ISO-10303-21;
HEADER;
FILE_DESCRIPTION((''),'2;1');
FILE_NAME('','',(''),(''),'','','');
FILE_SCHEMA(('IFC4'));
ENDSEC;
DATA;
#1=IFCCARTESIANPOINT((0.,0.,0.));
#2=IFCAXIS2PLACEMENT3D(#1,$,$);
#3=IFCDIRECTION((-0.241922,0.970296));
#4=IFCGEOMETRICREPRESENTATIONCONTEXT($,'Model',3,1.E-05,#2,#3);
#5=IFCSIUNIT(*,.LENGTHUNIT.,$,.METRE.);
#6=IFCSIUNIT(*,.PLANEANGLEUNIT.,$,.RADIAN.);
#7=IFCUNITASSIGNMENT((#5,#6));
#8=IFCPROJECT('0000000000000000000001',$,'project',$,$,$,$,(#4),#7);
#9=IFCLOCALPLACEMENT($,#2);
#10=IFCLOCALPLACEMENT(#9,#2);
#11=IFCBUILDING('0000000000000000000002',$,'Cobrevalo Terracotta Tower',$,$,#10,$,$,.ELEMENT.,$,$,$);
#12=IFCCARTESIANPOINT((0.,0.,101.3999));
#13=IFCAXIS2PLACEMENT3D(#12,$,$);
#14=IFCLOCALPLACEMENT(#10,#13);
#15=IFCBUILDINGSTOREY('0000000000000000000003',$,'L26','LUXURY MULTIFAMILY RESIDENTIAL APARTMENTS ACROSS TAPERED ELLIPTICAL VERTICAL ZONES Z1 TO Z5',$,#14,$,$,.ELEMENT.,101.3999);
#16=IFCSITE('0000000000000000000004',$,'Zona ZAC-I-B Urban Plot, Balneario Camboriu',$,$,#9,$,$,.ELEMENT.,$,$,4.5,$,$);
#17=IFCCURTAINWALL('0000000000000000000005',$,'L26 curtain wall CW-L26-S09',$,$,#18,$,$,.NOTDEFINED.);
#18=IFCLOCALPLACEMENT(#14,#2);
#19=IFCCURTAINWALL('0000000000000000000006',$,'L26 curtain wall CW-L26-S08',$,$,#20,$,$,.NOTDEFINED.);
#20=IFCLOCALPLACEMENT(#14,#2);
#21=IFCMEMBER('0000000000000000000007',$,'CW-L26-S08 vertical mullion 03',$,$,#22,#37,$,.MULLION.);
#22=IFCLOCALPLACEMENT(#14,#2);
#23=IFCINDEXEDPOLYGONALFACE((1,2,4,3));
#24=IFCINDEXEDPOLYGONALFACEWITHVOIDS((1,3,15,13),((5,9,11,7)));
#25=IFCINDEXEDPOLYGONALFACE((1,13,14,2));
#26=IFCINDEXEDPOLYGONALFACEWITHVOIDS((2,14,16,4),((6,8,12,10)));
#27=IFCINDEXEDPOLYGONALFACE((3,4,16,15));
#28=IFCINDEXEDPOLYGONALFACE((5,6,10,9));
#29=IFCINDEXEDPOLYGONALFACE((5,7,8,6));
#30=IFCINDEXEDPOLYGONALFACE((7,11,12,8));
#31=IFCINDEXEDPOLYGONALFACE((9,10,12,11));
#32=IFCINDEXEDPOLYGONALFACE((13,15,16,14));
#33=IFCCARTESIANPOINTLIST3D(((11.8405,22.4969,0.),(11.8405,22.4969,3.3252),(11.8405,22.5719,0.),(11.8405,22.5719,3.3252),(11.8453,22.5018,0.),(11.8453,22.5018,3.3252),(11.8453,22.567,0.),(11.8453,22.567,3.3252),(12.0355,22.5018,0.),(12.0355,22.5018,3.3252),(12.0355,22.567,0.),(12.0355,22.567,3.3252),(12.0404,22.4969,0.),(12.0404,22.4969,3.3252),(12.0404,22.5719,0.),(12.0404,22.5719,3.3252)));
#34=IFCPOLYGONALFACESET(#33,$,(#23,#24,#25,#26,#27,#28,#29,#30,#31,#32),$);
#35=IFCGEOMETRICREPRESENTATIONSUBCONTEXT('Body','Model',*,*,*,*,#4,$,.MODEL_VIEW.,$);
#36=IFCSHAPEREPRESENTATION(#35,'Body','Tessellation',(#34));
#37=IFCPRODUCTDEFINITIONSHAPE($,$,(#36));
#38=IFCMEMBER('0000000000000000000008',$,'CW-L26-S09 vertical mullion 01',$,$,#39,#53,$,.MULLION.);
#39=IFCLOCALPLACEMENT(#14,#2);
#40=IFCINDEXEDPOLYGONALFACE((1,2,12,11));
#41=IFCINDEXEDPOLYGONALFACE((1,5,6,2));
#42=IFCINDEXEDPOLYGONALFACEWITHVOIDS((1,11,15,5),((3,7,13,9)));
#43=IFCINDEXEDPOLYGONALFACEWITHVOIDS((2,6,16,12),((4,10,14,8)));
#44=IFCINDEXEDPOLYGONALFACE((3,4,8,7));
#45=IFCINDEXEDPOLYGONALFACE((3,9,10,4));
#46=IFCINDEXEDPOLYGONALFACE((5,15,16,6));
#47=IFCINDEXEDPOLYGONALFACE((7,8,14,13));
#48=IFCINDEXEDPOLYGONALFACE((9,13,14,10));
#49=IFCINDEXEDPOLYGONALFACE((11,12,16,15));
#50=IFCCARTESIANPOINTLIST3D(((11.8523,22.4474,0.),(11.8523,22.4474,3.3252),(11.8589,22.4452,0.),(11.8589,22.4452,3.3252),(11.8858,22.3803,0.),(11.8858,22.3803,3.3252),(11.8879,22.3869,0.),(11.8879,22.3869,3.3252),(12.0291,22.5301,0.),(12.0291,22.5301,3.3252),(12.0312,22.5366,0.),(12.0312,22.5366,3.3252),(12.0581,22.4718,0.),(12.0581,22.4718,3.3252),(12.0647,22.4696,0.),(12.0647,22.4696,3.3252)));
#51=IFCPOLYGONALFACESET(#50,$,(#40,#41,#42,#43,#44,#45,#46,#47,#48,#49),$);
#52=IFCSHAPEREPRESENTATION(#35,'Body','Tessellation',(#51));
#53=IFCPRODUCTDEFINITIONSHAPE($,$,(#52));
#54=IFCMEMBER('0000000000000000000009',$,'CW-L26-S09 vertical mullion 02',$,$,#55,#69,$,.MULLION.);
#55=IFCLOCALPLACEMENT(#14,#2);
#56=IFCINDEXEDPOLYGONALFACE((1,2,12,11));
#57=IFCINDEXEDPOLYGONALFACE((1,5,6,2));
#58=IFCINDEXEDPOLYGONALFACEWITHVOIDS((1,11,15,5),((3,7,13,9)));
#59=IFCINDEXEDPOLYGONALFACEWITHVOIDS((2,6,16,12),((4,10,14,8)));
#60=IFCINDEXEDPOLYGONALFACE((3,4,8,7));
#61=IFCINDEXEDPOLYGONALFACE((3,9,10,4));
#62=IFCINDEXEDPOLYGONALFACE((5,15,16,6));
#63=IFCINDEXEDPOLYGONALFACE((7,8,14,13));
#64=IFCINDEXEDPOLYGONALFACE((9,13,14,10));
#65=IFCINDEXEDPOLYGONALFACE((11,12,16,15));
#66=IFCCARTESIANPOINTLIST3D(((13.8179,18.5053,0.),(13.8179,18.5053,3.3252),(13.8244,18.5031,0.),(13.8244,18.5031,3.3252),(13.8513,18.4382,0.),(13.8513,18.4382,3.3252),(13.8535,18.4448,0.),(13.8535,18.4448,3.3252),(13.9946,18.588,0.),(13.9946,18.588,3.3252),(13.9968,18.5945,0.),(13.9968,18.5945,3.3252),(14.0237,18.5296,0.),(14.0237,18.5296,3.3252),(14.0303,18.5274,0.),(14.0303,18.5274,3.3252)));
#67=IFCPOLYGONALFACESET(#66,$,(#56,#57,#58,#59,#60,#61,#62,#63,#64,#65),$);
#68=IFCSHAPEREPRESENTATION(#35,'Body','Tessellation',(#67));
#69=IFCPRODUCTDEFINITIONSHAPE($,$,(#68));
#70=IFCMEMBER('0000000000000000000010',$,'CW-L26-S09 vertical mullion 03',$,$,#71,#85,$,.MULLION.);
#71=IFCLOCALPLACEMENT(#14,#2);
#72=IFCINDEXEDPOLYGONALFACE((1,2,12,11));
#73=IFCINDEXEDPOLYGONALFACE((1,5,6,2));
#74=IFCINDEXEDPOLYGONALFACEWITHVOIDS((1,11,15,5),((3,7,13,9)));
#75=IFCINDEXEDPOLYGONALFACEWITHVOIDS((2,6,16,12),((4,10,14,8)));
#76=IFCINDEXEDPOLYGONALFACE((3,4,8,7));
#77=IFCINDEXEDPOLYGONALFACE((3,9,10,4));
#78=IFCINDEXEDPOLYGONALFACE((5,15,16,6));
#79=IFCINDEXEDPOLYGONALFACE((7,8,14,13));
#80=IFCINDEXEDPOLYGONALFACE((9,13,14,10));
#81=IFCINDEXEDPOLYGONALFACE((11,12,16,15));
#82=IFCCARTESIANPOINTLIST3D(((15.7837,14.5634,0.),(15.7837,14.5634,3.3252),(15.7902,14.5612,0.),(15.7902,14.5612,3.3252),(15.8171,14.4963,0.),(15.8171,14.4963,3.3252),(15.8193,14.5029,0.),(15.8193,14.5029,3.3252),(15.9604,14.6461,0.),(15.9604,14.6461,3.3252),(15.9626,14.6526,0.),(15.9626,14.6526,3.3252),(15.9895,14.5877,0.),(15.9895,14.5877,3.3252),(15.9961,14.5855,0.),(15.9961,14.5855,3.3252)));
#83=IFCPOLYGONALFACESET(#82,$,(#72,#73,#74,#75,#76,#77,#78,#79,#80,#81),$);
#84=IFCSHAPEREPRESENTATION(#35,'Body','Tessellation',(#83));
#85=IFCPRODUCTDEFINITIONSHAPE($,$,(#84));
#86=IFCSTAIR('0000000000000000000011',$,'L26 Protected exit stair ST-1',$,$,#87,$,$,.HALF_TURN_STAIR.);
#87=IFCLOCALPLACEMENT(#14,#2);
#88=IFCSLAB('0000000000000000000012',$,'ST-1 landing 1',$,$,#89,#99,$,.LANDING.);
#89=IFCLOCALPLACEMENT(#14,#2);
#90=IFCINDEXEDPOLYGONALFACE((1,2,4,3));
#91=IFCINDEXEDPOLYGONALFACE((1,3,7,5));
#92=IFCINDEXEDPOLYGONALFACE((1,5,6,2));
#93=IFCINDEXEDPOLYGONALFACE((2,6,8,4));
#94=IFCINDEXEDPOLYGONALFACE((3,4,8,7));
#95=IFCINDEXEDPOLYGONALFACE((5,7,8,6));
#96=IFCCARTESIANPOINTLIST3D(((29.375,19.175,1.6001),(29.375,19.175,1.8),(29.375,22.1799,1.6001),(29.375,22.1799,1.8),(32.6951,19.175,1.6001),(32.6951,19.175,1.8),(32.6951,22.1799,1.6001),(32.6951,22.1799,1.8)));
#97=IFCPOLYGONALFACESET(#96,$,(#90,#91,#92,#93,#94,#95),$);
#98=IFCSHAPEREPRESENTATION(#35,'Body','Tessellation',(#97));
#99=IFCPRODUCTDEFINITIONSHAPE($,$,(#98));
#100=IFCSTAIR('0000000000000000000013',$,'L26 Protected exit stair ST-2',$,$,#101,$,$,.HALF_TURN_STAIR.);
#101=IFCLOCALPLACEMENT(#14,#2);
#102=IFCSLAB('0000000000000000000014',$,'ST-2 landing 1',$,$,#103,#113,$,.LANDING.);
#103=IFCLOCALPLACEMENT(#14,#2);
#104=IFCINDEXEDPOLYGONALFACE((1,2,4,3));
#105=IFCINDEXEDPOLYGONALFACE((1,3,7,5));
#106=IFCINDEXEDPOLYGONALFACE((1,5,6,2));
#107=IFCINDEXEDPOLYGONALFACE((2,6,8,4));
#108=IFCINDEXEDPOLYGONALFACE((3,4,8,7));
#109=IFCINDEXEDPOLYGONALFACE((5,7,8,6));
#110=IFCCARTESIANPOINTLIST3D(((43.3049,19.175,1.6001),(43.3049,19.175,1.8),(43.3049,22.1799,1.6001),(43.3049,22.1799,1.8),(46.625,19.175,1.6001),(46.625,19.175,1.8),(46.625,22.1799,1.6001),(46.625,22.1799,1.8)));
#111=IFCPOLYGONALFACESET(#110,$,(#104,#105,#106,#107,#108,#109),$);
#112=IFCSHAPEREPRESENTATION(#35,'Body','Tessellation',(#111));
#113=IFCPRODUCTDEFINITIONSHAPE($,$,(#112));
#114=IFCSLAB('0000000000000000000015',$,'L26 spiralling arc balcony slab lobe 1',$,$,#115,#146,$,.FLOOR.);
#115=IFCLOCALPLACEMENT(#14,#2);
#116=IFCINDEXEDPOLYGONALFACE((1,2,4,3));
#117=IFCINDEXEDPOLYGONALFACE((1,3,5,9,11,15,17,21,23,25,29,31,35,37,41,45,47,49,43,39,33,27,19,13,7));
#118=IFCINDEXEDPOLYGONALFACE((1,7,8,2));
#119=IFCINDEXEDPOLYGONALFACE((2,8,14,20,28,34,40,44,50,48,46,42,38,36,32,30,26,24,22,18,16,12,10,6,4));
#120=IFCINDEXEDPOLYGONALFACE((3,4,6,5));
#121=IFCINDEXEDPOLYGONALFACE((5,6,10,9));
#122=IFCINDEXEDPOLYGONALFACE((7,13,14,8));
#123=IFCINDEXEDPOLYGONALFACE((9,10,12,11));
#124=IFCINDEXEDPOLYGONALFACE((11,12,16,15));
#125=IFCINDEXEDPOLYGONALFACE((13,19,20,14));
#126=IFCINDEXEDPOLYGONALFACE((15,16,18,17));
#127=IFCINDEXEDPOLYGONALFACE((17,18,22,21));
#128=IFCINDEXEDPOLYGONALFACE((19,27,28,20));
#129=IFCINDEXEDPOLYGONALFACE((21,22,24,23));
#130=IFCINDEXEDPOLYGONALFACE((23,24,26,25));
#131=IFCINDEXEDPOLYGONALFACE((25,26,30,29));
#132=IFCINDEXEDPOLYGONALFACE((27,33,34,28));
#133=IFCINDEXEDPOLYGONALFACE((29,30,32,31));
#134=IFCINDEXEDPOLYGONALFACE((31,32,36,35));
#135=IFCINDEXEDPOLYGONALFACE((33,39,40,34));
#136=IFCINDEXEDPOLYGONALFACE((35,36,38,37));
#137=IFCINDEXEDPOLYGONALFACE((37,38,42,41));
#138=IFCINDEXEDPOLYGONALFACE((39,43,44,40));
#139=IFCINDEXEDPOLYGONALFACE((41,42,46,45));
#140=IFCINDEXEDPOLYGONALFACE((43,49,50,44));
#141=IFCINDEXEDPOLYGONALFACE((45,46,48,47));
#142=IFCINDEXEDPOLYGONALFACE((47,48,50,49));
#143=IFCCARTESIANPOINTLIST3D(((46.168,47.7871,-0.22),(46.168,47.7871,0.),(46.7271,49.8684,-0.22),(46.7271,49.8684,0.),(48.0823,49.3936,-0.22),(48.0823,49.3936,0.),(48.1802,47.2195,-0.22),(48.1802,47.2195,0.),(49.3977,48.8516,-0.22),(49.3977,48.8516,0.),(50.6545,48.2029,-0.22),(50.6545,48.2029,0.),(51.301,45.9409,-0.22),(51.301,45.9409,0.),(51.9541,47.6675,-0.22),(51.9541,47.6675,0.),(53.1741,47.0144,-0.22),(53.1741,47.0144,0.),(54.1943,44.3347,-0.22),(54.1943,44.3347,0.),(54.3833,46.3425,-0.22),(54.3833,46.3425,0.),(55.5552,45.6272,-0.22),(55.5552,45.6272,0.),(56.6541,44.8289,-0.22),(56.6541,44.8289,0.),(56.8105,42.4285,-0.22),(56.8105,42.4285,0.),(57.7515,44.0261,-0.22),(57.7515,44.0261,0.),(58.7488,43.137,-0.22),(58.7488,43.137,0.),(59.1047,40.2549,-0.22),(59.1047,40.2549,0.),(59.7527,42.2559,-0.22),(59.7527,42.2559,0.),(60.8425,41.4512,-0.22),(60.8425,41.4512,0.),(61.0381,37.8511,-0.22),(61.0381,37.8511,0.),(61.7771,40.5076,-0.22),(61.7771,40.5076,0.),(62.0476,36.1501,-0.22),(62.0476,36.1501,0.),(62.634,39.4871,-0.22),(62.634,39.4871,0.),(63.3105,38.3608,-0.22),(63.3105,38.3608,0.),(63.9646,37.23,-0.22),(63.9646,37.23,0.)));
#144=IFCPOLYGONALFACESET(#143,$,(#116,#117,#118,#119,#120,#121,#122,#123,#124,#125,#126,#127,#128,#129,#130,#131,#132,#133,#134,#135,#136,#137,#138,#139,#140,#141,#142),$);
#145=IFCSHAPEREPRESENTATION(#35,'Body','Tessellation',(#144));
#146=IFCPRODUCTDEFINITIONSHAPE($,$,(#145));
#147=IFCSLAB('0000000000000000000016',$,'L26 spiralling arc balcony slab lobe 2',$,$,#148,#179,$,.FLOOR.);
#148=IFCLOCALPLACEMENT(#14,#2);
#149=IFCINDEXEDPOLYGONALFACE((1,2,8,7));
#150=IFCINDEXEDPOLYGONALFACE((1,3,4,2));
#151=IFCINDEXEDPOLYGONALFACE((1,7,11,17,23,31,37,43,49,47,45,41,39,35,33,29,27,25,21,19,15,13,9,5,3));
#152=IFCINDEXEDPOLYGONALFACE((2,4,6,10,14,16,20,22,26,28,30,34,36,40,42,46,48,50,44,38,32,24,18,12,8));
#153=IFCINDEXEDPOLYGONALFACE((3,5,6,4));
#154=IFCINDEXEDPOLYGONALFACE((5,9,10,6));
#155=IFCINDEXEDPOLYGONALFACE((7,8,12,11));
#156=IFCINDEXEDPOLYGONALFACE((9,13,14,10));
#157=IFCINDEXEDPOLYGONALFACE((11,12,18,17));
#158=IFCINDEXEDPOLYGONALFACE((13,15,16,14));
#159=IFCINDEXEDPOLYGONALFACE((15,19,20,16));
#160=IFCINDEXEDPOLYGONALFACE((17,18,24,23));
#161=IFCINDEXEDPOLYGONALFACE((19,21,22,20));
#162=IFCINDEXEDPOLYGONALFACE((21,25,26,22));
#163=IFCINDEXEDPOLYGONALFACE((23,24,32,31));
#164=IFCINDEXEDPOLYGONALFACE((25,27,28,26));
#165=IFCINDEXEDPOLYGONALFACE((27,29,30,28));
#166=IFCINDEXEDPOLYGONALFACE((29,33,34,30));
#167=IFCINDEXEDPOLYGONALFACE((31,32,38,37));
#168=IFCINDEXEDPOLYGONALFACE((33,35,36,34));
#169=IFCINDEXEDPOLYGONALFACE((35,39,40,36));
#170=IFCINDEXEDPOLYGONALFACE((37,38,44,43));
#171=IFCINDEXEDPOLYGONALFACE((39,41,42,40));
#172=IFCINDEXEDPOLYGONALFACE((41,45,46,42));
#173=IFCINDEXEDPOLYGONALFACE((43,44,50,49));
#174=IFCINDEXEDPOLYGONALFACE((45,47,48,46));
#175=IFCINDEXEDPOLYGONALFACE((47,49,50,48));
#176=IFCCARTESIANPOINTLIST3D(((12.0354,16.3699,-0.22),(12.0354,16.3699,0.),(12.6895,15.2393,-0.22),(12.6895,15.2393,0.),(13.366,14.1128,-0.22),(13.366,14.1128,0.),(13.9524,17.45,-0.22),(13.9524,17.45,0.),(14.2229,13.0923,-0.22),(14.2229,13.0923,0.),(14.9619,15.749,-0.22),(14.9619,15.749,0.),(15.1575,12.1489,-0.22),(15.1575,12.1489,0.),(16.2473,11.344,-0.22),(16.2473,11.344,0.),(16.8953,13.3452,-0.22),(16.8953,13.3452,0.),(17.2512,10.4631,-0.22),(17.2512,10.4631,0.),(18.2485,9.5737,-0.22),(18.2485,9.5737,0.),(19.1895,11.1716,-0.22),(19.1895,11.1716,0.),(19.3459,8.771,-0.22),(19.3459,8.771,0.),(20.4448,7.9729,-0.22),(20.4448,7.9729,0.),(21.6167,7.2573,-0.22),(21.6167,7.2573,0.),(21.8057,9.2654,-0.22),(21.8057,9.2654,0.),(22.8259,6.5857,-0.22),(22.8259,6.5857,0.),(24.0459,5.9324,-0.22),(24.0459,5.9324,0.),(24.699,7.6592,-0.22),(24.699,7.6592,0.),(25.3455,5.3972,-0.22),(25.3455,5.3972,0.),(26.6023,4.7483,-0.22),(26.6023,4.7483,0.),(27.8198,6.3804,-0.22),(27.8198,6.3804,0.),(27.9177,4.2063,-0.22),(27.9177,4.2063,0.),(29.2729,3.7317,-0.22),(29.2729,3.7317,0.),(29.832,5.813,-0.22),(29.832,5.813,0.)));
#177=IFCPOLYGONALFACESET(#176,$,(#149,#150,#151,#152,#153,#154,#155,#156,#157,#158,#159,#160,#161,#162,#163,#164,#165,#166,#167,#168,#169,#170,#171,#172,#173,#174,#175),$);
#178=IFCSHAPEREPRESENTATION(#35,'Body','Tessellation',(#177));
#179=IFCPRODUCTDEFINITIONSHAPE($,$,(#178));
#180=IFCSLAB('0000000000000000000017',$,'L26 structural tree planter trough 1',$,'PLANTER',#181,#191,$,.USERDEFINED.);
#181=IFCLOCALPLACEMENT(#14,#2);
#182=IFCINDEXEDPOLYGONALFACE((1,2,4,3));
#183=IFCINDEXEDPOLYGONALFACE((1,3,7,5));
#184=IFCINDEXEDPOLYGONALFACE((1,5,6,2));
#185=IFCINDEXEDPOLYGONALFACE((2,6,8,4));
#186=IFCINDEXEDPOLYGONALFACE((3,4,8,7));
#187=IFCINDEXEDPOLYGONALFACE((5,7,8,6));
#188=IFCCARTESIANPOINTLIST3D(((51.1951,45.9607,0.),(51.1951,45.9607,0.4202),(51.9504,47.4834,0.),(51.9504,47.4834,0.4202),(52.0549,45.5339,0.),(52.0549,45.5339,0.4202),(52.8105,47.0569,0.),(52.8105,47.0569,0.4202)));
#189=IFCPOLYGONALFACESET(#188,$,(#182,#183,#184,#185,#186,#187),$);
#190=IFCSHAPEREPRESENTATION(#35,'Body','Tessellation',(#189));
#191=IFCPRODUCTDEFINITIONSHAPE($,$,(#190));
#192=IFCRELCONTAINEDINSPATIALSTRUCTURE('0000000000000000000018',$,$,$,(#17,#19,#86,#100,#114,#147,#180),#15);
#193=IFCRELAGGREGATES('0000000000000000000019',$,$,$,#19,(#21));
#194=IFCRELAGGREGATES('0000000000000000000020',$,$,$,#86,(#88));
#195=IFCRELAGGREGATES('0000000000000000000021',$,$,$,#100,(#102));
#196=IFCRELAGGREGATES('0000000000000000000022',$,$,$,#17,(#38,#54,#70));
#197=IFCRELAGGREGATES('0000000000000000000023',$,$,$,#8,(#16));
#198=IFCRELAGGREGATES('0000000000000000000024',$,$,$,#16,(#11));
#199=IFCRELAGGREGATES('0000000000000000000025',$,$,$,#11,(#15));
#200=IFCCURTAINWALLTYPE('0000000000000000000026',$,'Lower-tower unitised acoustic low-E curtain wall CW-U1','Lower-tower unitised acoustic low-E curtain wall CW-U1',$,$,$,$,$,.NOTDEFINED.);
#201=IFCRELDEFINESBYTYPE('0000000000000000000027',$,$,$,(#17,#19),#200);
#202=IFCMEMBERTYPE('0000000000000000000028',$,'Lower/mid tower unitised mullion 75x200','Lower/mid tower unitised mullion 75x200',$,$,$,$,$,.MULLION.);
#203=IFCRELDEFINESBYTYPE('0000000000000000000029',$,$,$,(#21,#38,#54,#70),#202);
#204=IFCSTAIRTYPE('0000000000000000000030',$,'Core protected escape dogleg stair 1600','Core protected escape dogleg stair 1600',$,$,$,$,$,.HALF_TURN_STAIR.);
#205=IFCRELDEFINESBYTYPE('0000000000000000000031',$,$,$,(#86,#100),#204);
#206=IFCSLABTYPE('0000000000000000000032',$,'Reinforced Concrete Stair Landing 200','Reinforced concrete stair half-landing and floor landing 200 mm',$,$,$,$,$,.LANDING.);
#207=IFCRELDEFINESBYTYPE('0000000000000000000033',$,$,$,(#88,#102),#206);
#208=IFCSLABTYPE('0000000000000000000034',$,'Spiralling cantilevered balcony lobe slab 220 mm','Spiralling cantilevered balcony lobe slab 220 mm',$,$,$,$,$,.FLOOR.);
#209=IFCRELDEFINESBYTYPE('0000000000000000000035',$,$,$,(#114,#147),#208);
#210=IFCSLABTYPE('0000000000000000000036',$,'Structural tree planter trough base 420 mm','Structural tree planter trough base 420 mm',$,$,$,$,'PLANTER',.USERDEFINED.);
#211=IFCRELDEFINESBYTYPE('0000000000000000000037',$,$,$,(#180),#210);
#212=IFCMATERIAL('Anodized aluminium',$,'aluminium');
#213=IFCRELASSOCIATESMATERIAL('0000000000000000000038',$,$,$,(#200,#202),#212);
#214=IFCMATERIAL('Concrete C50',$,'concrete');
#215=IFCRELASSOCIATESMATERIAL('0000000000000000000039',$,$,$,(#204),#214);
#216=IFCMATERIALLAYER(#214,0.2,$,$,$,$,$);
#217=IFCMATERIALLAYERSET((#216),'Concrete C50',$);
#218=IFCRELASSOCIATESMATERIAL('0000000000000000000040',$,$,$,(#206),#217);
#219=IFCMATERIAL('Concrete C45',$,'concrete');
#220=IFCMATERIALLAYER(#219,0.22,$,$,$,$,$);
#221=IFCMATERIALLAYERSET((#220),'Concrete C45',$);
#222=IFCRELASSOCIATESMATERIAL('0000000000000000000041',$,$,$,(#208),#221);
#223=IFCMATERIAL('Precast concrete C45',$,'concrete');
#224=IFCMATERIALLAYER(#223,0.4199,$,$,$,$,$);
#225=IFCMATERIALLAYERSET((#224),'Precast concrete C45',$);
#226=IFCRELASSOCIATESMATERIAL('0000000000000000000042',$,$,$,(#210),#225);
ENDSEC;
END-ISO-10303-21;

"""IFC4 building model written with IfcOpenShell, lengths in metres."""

from ifc_helpers import new_model, si_unit, direction, frame, origin, origin_2d, place, context, subcontext, project, spatial, polyline, hollow_rectangle, outline, extrude, source, transform, mapped, material, layer, layer_set, material_profile, profile_set, type_object, element, aggregate, save


model = new_model("IFC4")

# Units and contexts
model_context = context("Model", 3, precision=1e-05, world=origin(), true_north=direction((-0.241922, 0.970296)))
body_context = subcontext(model_context, "Body", "Model", "MODEL_VIEW")
ifc_project = project(units=[si_unit("LENGTHUNIT", "METRE"), si_unit("PLANEANGLEUNIT", "RADIAN")], contexts=[model_context])

# Site, building, storey
site_placement = place(None, origin())
site = spatial("IfcSite", under=ifc_project, at=site_placement, Name="Zona ZAC-I-B Urban Plot, Balneario Camboriu", CompositionType="ELEMENT", RefElevation=4.5)
building_placement = place(site_placement, origin())
building = spatial("IfcBuilding", under=site, at=building_placement, Name="Cobrevalo Terracotta Tower", CompositionType="ELEMENT")
storey_placement = place(building_placement, frame((0.0, 0.0, 101.3999)))
storey = spatial("IfcBuildingStorey", under=building, at=storey_placement, Name="L26", Description="LUXURY MULTIFAMILY RESIDENTIAL APARTMENTS ACROSS TAPERED ELLIPTICAL VERTICAL ZONES Z1 TO Z5", CompositionType="ELEMENT", Elevation=101.3999)

# Curtain wall
ifc_material_1 = material(Name="Anodized aluminium", Category="aluminium")
curtain_wall_type = type_object("IfcCurtainWallType", Name="Lower-tower unitised acoustic low-E curtain wall CW-U1", Description="Lower-tower unitised acoustic low-E curtain wall CW-U1", PredefinedType="NOTDEFINED", material=ifc_material_1)
curtain_wall_1_placement = place(storey_placement, origin())
curtain_wall_1 = element("IfcCurtainWall", 1, at=curtain_wall_1_placement, inside=storey, type_object=curtain_wall_type, Name="L26 curtain wall CW-L26-S09", PredefinedType="NOTDEFINED")

# Curtain wall, member
curtain_wall_2_placement = place(storey_placement, origin())
curtain_wall_2 = element("IfcCurtainWall", 2, at=curtain_wall_2_placement, inside=storey, type_object=curtain_wall_type, Name="L26 curtain wall CW-L26-S08", PredefinedType="NOTDEFINED")
ifc_material_profile_1 = material_profile(ifc_material_1, hollow_rectangle(XDim=0.075, YDim=0.2, WallThickness=0.0049, at=origin_2d()), Name="CWM 75x200")
ifc_profile_set_1 = profile_set([ifc_material_profile_1], Name="Anodized aluminium")
member_type_1 = type_object("IfcMemberType", Name="Lower/mid tower unitised mullion 75x200", Description="Lower/mid tower unitised mullion 75x200", PredefinedType="MULLION", material=ifc_profile_set_1)
shared_shape_1 = source(origin(), body_context, "Body", "SweptSolid", [
    extrude(hollow_rectangle(XDim=0.075, YDim=0.2, WallThickness=0.0049, at=origin_2d()), origin(), (0.0, 0.0, 1.0), 3.3252),
])
member_1_placement = place(storey_placement, frame((11.9404, 22.5344, 0.0), z_axis=(0.0, 0.0, 1.0), x_axis=(0.0, -1.0, 0.0)))
member_1 = element("IfcMember", 3, at=member_1_placement, type_object=member_type_1, Name="CW-L26-S08 vertical mullion 03", PredefinedType="MULLION", context=body_context, shape_type="MappedRepresentation", body=[
    mapped(shared_shape_1, transform((0.0, 0.0, 0.0), scale=1.0)),
])
aggregate(curtain_wall_2, [member_1])

# Members
member_2_placement = place(storey_placement, frame((11.9585, 22.4585, 0.0), z_axis=(0.0, 0.0, 1.0), x_axis=(0.44626, -0.894903, 0.0)))
member_2 = element("IfcMember", 4, at=member_2_placement, type_object=member_type_1, Name="CW-L26-S09 vertical mullion 01", PredefinedType="MULLION", context=body_context, shape_type="MappedRepresentation", body=[
    mapped(shared_shape_1, transform((0.0, 0.0, 0.0), scale=1.0)),
])
member_3_placement = place(storey_placement, frame((13.9241, 18.5164, 0.0), z_axis=(0.0, 0.0, 1.0), x_axis=(0.44626, -0.894903, 0.0)))
member_3 = element("IfcMember", 5, at=member_3_placement, type_object=member_type_1, Name="CW-L26-S09 vertical mullion 02", PredefinedType="MULLION", context=body_context, shape_type="MappedRepresentation", body=[
    mapped(shared_shape_1, transform((0.0, 0.0, 0.0), scale=1.0)),
])
member_4_placement = place(storey_placement, frame((15.8899, 14.5745, 0.0), z_axis=(0.0, 0.0, 1.0), x_axis=(0.44626, -0.894903, 0.0)))
member_4 = element("IfcMember", 6, at=member_4_placement, type_object=member_type_1, Name="CW-L26-S09 vertical mullion 03", PredefinedType="MULLION", context=body_context, shape_type="MappedRepresentation", body=[
    mapped(shared_shape_1, transform((0.0, 0.0, 0.0), scale=1.0)),
])

# Stairs, slabs
ifc_material_2 = material(Name="Concrete C50", Category="concrete")
stair_type = type_object("IfcStairType", Name="Core protected escape dogleg stair 1600", Description="Core protected escape dogleg stair 1600", PredefinedType="HALF_TURN_STAIR", material=ifc_material_2)
stair_1_placement = place(storey_placement, origin())
stair_1 = element("IfcStair", 7, at=stair_1_placement, inside=storey, type_object=stair_type, Name="L26 Protected exit stair ST-1", PredefinedType="HALF_TURN_STAIR")
ifc_layer_1 = layer(ifc_material_2, 0.2)
ifc_layer_set_1 = layer_set([ifc_layer_1], Name="Concrete C50")
slab_type_1 = type_object("IfcSlabType", Name="Reinforced Concrete Stair Landing 200", Description="Reinforced concrete stair half-landing and floor landing 200 mm", PredefinedType="LANDING", material=ifc_layer_set_1)
slab_1_placement = place(storey_placement, frame((0.0, 0.0, 1.6001)))
slab_1 = element("IfcSlab", 8, at=slab_1_placement, type_object=slab_type_1, Name="ST-1 landing 1", PredefinedType="LANDING", context=body_context, shape_type="SweptSolid", body=[
    extrude(outline(polyline([(29.375, 22.1799), (29.375, 19.175), (32.6951, 19.175), (32.6951, 22.1799), (29.375, 22.1799)])), origin(), (0.0, 0.0, 1.0), 0.2),
])
aggregate(stair_1, [slab_1])
stair_2_placement = place(storey_placement, origin())
stair_2 = element("IfcStair", 9, at=stair_2_placement, inside=storey, type_object=stair_type, Name="L26 Protected exit stair ST-2", PredefinedType="HALF_TURN_STAIR")
slab_2_placement = place(storey_placement, frame((0.0, 0.0, 1.6001)))
slab_2 = element("IfcSlab", 10, at=slab_2_placement, type_object=slab_type_1, Name="ST-2 landing 1", PredefinedType="LANDING", context=body_context, shape_type="SweptSolid", body=[
    extrude(outline(polyline([(43.3049, 22.1799), (43.3049, 19.175), (46.625, 19.175), (46.625, 22.1799), (43.3049, 22.1799)])), origin(), (0.0, 0.0, 1.0), 0.2),
])
aggregate(stair_2, [slab_2])

# Slabs
ifc_material_3 = material(Name="Concrete C45", Category="concrete")
ifc_layer_2 = layer(ifc_material_3, 0.22)
ifc_layer_set_2 = layer_set([ifc_layer_2], Name="Concrete C45")
slab_type_2 = type_object("IfcSlabType", Name="Spiralling cantilevered balcony lobe slab 220 mm", Description="Spiralling cantilevered balcony lobe slab 220 mm", PredefinedType="FLOOR", material=ifc_layer_set_2)
slab_3_placement = place(storey_placement, frame((0.0, 0.0, -0.22)))
element("IfcSlab", 11, at=slab_3_placement, inside=storey, type_object=slab_type_2, Name="L26 spiralling arc balcony slab lobe 1", PredefinedType="FLOOR", context=body_context, shape_type="SweptSolid", body=[
    extrude(outline(polyline([(63.9646, 37.23), (63.3105, 38.3608), (62.634, 39.4871), (61.7771, 40.5076), (60.8425, 41.4512), (59.7527, 42.2559), (58.7488, 43.137), (57.7515, 44.0261), (56.6541, 44.8289), (55.5552, 45.6272), (54.3833, 46.3425), (53.1741, 47.0144), (51.9541, 47.6675), (50.6545, 48.2029), (49.3977, 48.8516), (48.0823, 49.3936), (46.7271, 49.8684), (46.168, 47.7871), (48.1802, 47.2195), (51.301, 45.9409), (54.1943, 44.3347), (56.8105, 42.4285), (59.1047, 40.2549), (61.0381, 37.8511), (62.0476, 36.1501), (63.9646, 37.23)])), origin(), (0.0, 0.0, 1.0), 0.22),
])
slab_4_placement = place(storey_placement, frame((0.0, 0.0, -0.22)))
element("IfcSlab", 12, at=slab_4_placement, inside=storey, type_object=slab_type_2, Name="L26 spiralling arc balcony slab lobe 2", PredefinedType="FLOOR", context=body_context, shape_type="SweptSolid", body=[
    extrude(outline(polyline([(12.0354, 16.3699), (12.6895, 15.2393), (13.366, 14.1128), (14.2229, 13.0923), (15.1575, 12.1489), (16.2473, 11.344), (17.2512, 10.4631), (18.2485, 9.5737), (19.3459, 8.771), (20.4448, 7.9729), (21.6167, 7.2573), (22.8259, 6.5857), (24.0459, 5.9324), (25.3455, 5.3972), (26.6023, 4.7483), (27.9177, 4.2063), (29.2729, 3.7317), (29.832, 5.813), (27.8198, 6.3804), (24.699, 7.6592), (21.8057, 9.2654), (19.1895, 11.1716), (16.8953, 13.3452), (14.9619, 15.749), (13.9524, 17.45), (12.0354, 16.3699)])), origin(), (0.0, 0.0, 1.0), 0.22),
])
ifc_material_4 = material(Name="Precast concrete C45", Category="concrete")
ifc_layer_3 = layer(ifc_material_4, 0.4199)
ifc_layer_set_3 = layer_set([ifc_layer_3], Name="Precast concrete C45")
slab_type_3 = type_object("IfcSlabType", Name="Structural tree planter trough base 420 mm", Description="Structural tree planter trough base 420 mm", ElementType="PLANTER", PredefinedType="USERDEFINED", material=ifc_layer_set_3)
slab_5_placement = place(storey_placement, origin())
element("IfcSlab", 13, at=slab_5_placement, inside=storey, type_object=slab_type_3, Name="L26 structural tree planter trough 1", ObjectType="PLANTER", PredefinedType="USERDEFINED", context=body_context, shape_type="SweptSolid", body=[
    extrude(outline(polyline([(52.0549, 45.5339), (52.8105, 47.0569), (51.9504, 47.4834), (51.1951, 45.9607), (52.0549, 45.5339)])), origin(), (0.0, 0.0, 1.0), 0.4202),
])

aggregate(curtain_wall_1, [member_2, member_3, member_4])

save(model, "model.ifc")
